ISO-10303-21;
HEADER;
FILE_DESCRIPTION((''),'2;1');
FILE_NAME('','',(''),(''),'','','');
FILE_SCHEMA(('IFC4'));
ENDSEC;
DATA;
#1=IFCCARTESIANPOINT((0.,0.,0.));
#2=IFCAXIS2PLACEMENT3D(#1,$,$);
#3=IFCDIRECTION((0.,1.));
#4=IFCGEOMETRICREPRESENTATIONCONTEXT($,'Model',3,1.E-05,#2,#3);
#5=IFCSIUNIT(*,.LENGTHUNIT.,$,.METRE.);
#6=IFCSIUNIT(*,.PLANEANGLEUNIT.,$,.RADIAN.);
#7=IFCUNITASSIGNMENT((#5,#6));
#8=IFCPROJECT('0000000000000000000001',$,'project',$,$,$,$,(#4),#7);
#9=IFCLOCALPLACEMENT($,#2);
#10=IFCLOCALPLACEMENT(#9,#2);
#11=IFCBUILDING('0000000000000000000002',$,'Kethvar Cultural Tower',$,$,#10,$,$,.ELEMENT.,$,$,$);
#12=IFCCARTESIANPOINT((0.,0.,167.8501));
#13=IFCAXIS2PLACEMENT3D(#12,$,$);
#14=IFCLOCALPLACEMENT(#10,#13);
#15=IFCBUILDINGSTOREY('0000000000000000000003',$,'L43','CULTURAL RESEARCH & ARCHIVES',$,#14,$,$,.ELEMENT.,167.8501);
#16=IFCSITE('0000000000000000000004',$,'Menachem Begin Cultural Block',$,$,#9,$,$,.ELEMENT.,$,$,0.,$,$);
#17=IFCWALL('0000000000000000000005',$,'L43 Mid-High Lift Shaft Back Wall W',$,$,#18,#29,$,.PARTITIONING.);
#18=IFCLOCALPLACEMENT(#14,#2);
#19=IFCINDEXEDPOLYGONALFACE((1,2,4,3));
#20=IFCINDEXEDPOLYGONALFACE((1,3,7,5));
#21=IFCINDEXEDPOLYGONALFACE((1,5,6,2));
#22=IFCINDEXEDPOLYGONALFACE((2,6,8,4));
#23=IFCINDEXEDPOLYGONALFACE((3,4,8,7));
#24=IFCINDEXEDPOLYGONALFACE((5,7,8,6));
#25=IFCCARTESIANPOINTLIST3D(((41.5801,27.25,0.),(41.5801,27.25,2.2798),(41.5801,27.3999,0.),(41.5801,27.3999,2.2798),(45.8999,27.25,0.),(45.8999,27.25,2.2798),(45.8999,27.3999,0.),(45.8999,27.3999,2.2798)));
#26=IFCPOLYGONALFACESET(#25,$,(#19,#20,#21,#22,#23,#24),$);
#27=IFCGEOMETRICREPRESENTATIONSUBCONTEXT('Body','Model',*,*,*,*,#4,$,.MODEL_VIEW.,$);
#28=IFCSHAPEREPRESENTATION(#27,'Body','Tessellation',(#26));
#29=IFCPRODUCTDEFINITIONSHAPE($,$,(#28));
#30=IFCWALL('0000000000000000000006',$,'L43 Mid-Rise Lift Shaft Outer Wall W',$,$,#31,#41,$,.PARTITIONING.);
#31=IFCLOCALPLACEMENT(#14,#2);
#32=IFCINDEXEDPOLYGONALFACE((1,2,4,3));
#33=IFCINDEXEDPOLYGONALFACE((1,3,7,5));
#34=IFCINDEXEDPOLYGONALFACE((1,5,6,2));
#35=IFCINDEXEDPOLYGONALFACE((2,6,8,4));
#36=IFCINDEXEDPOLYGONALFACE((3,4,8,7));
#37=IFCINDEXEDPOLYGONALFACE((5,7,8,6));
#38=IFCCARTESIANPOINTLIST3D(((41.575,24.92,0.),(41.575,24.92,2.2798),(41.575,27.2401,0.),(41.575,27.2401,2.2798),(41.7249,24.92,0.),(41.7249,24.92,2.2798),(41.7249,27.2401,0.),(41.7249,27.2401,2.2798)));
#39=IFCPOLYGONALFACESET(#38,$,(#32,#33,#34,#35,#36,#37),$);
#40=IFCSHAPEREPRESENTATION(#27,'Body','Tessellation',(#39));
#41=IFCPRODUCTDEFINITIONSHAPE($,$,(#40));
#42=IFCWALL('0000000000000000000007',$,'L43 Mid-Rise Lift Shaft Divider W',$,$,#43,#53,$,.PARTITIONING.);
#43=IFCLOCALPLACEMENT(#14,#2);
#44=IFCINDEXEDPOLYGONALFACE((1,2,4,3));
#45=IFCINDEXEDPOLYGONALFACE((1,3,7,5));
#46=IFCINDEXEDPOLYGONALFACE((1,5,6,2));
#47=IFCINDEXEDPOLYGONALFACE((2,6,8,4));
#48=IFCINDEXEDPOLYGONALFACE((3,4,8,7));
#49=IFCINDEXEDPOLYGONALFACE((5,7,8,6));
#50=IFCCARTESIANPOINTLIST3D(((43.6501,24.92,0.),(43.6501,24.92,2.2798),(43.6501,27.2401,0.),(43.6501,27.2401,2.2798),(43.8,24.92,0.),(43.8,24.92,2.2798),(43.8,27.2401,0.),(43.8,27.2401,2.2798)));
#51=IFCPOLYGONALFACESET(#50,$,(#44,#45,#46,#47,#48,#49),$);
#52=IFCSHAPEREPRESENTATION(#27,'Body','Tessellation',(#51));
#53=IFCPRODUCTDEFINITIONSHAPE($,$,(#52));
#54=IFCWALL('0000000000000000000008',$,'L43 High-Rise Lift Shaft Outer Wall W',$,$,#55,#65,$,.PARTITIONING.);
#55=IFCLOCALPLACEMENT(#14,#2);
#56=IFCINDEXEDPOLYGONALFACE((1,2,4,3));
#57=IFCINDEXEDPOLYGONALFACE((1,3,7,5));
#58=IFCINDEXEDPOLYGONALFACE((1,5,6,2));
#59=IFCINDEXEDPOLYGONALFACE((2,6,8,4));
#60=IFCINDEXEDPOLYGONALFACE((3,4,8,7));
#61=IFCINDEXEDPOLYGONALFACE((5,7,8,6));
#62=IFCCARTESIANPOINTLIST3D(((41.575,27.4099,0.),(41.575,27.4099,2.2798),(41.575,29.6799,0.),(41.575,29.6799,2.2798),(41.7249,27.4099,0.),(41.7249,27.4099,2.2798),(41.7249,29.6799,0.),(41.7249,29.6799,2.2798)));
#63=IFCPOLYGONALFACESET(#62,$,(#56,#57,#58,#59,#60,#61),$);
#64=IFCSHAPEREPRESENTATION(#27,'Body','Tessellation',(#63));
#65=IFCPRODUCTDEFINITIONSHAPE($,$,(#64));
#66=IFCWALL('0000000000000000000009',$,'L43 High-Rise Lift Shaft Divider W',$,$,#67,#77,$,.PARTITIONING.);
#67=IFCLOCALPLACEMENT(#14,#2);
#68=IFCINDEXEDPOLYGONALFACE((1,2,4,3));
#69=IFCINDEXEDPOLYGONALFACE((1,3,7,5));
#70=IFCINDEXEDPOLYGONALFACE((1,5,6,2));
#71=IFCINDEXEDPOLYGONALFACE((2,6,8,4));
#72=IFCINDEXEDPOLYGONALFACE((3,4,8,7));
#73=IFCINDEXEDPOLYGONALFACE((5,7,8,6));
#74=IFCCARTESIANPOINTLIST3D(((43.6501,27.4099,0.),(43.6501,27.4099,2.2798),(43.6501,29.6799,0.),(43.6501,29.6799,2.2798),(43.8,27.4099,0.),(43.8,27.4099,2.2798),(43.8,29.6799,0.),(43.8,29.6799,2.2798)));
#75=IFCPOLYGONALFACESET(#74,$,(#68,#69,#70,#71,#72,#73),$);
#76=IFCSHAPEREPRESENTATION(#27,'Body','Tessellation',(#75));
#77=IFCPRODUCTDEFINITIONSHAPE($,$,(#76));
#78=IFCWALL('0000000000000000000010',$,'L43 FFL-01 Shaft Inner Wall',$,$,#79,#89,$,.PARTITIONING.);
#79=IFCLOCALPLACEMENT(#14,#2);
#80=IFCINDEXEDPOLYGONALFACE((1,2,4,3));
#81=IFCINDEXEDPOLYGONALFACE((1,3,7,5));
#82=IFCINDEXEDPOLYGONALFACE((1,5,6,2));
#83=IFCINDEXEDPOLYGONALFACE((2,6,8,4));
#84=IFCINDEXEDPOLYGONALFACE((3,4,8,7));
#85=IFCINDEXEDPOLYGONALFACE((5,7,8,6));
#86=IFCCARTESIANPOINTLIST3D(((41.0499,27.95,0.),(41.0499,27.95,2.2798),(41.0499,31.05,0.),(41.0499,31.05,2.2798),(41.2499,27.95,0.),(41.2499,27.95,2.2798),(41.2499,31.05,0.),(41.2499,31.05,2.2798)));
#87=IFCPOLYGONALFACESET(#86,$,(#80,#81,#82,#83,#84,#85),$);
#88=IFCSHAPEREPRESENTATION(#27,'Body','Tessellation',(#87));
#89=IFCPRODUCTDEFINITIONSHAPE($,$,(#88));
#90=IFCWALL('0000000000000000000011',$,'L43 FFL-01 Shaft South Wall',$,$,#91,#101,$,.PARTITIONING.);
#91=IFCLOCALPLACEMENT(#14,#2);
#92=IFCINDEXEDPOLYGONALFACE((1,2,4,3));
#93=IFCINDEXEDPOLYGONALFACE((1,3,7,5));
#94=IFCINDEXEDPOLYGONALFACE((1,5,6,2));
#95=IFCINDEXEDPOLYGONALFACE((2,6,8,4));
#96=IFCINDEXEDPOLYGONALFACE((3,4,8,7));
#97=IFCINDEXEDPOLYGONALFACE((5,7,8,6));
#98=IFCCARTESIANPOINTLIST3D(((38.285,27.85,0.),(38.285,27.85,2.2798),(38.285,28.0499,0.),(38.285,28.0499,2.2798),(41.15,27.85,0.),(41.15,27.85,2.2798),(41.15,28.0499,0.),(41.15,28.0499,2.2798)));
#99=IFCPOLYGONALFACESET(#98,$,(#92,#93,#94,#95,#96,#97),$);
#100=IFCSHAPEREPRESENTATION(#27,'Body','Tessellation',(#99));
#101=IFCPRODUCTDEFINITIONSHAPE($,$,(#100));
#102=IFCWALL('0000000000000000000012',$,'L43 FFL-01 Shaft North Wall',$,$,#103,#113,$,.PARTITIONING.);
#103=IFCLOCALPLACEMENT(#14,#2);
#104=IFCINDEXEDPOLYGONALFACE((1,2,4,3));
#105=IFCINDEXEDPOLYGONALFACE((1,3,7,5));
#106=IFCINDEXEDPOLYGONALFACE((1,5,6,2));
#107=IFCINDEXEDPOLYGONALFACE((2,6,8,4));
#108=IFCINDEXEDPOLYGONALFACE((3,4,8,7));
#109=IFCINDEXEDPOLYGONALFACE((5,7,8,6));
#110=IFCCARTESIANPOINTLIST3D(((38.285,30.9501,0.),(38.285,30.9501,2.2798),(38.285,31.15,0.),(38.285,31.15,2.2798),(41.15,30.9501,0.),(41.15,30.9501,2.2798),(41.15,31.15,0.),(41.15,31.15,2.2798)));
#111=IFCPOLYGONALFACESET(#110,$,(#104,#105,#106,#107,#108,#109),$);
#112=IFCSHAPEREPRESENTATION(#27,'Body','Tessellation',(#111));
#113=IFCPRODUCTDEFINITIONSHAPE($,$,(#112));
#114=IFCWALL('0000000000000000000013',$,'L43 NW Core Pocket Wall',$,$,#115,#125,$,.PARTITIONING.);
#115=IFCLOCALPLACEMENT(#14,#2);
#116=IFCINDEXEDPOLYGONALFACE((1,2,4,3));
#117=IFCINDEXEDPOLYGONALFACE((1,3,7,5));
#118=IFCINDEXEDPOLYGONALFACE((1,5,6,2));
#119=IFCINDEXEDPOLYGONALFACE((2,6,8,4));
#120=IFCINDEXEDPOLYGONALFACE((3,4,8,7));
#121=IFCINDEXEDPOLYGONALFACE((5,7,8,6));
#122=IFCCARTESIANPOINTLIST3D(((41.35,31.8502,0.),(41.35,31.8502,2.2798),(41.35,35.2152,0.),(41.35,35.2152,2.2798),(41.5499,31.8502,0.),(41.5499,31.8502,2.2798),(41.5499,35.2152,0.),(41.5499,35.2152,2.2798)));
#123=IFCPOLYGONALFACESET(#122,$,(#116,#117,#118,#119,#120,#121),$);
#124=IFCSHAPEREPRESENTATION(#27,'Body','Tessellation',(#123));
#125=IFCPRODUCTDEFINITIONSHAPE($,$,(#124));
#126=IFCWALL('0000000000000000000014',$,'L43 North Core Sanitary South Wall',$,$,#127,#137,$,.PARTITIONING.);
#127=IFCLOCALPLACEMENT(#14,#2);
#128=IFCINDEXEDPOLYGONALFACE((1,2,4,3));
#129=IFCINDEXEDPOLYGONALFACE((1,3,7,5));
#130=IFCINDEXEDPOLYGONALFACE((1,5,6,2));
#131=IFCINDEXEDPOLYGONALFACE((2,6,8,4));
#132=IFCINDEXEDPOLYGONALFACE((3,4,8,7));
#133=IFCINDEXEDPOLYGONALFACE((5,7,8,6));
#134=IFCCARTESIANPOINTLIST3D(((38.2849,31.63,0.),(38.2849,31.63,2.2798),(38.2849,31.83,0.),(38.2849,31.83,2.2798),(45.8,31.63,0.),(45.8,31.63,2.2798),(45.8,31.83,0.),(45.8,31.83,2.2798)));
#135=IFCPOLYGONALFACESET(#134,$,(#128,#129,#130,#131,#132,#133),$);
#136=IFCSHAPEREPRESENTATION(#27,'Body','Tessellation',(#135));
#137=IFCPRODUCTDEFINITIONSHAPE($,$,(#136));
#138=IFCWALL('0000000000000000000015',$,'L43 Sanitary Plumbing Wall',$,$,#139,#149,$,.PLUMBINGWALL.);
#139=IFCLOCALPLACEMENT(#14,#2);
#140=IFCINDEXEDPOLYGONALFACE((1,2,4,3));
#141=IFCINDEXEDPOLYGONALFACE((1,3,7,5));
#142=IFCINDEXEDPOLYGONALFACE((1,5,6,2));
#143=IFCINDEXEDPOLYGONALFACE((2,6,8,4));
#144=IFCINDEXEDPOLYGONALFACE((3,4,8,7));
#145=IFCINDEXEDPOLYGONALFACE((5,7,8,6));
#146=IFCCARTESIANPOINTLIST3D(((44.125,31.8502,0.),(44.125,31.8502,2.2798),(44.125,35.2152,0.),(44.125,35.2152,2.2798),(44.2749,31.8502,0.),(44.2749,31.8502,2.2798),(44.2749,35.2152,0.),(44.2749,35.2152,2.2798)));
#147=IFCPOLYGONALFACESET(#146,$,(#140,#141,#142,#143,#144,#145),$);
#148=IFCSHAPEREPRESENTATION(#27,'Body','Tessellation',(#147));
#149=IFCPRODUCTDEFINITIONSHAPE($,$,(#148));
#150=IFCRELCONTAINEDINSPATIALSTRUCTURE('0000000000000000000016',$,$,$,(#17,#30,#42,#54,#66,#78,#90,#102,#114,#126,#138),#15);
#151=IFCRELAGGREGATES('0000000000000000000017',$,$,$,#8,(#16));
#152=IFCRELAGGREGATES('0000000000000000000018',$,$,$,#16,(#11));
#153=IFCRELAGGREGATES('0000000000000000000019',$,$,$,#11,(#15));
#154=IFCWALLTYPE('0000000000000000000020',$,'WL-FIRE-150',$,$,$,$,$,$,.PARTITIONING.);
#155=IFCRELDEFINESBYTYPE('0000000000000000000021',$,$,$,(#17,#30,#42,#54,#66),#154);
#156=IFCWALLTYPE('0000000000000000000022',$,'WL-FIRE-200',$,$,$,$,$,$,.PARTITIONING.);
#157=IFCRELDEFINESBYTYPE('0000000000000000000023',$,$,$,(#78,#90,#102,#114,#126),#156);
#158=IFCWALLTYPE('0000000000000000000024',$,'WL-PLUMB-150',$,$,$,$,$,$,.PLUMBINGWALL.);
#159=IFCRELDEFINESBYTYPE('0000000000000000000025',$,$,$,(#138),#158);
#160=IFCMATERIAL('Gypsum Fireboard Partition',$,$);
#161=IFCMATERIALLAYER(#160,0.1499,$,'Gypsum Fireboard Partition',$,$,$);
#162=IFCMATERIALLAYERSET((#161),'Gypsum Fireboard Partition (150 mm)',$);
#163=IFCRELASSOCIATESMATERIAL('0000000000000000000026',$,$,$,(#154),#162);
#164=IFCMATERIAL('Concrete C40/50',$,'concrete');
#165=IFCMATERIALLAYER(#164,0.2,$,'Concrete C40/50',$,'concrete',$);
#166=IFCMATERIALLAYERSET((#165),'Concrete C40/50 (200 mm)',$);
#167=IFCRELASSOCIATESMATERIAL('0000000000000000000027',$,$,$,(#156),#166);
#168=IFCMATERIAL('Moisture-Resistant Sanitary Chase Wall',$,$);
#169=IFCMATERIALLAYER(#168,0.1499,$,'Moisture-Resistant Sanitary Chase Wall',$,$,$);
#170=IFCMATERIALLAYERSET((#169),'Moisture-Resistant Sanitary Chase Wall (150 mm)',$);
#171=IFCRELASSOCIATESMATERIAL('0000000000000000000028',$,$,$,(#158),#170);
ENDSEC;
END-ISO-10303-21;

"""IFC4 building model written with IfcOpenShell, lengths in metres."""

from ifc_helpers import new_model, si_unit, direction, frame, frame_2d, origin, place, context, subcontext, project, spatial, rectangle, extrude, material, layer, layer_set, type_object, element, save


model = new_model("IFC4")

# Units and contexts
model_context = context("Model", 3, precision=1e-05, world=origin(), true_north=direction((0.0, 1.0)))
body_context = subcontext(model_context, "Body", "Model", "MODEL_VIEW")
ifc_project = project(units=[si_unit("LENGTHUNIT", "METRE"), si_unit("PLANEANGLEUNIT", "RADIAN")], contexts=[model_context])

# Site, building, storey
site_placement = place(None, origin())
site = spatial("IfcSite", under=ifc_project, at=site_placement, Name="Menachem Begin Cultural Block", CompositionType="ELEMENT", RefElevation=0.0)
building_placement = place(site_placement, origin())
building = spatial("IfcBuilding", under=site, at=building_placement, Name="Kethvar Cultural Tower", CompositionType="ELEMENT")
storey_placement = place(building_placement, frame((0.0, 0.0, 167.8501)))
storey = spatial("IfcBuildingStorey", under=building, at=storey_placement, Name="L43", Description="CULTURAL RESEARCH & ARCHIVES", CompositionType="ELEMENT", Elevation=167.8501)

# Walls
ifc_material_1 = material(Name="Gypsum Fireboard Partition")
ifc_layer_1 = layer(ifc_material_1, 0.1499, Name="Gypsum Fireboard Partition")
ifc_layer_set_1 = layer_set([ifc_layer_1], Name="Gypsum Fireboard Partition (150 mm)")
wall_type_1 = type_object("IfcWallType", Name="WL-FIRE-150", PredefinedType="PARTITIONING", material=ifc_layer_set_1)
wall_1_placement = place(storey_placement, frame((41.5801, 27.325, 0.0), z_axis=(0.0, 0.0, 1.0), x_axis=(1.0, 0.0, 0.0)))
element("IfcWall", 1, at=wall_1_placement, inside=storey, type_object=wall_type_1, Name="L43 Mid-High Lift Shaft Back Wall W", PredefinedType="PARTITIONING", context=body_context, shape_type="SweptSolid", body=[
    extrude(rectangle(XDim=4.3198, YDim=0.1499, at=frame_2d((2.1599, 0.0))), origin(), (0.0, 0.0, 1.0), 2.2798),
])
for number, where, z_axis, x_axis, name in (
    (2, (41.6499, 24.9199, 0.0), (0.0, 0.0, 1.0), (0.0, 1.0, 0.0), "L43 Mid-Rise Lift Shaft Outer Wall W"),
    (3, (43.7251, 24.9199, 0.0), (0.0, 0.0, 1.0), (0.0, 1.0, 0.0), "L43 Mid-Rise Lift Shaft Divider W"),
):
    element("IfcWall", number, at=place(storey_placement, frame(where, z_axis=z_axis, x_axis=x_axis)), inside=storey, type_object=wall_type_1, Name=name, PredefinedType="PARTITIONING", context=body_context, shape_type="SweptSolid", body=[
        extrude(rectangle(XDim=2.3201, YDim=0.1499, at=frame_2d((1.1602, 0.0))), origin(), (0.0, 0.0, 1.0), 2.2798),
    ])
for number, where, z_axis, x_axis, name in (
    (4, (41.6499, 27.4099, 0.0), (0.0, 0.0, 1.0), (0.0, 1.0, 0.0), "L43 High-Rise Lift Shaft Outer Wall W"),
    (5, (43.7251, 27.4099, 0.0), (0.0, 0.0, 1.0), (0.0, 1.0, 0.0), "L43 High-Rise Lift Shaft Divider W"),
):
    element("IfcWall", number, at=place(storey_placement, frame(where, z_axis=z_axis, x_axis=x_axis)), inside=storey, type_object=wall_type_1, Name=name, PredefinedType="PARTITIONING", context=body_context, shape_type="SweptSolid", body=[
        extrude(rectangle(XDim=2.27, YDim=0.1499, at=frame_2d((1.135, 0.0))), origin(), (0.0, 0.0, 1.0), 2.2798),
    ])
ifc_material_2 = material(Name="Concrete C40/50", Category="concrete")
ifc_layer_2 = layer(ifc_material_2, 0.2, Name="Concrete C40/50", Category="concrete")
ifc_layer_set_2 = layer_set([ifc_layer_2], Name="Concrete C40/50 (200 mm)")
wall_type_2 = type_object("IfcWallType", Name="WL-FIRE-200", PredefinedType="PARTITIONING", material=ifc_layer_set_2)
wall_2_placement = place(storey_placement, frame((41.1499, 27.95, 0.0), z_axis=(0.0, 0.0, 1.0), x_axis=(0.0, 1.0, 0.0)))
element("IfcWall", 6, at=wall_2_placement, inside=storey, type_object=wall_type_2, Name="L43 FFL-01 Shaft Inner Wall", PredefinedType="PARTITIONING", context=body_context, shape_type="SweptSolid", body=[
    extrude(rectangle(XDim=3.1001, YDim=0.2, at=frame_2d((1.55, 0.0))), origin(), (0.0, 0.0, 1.0), 2.2798),
])
for number, where, z_axis, x_axis, name in (
    (7, (38.2849, 27.95, 0.0), (0.0, 0.0, 1.0), (1.0, 0.0, 0.0), "L43 FFL-01 Shaft South Wall"),
    (8, (38.2849, 31.05, 0.0), (0.0, 0.0, 1.0), (1.0, 0.0, 0.0), "L43 FFL-01 Shaft North Wall"),
):
    element("IfcWall", number, at=place(storey_placement, frame(where, z_axis=z_axis, x_axis=x_axis)), inside=storey, type_object=wall_type_2, Name=name, PredefinedType="PARTITIONING", context=body_context, shape_type="SweptSolid", body=[
        extrude(rectangle(XDim=2.865, YDim=0.2, at=frame_2d((1.4326, 0.0))), origin(), (0.0, 0.0, 1.0), 2.2798),
    ])
wall_3_placement = place(storey_placement, frame((41.45, 31.8501, 0.0), z_axis=(0.0, 0.0, 1.0), x_axis=(0.0, 1.0, 0.0)))
element("IfcWall", 9, at=wall_3_placement, inside=storey, type_object=wall_type_2, Name="L43 NW Core Pocket Wall", PredefinedType="PARTITIONING", context=body_context, shape_type="SweptSolid", body=[
    extrude(rectangle(XDim=3.365, YDim=0.2, at=frame_2d((1.6826, 0.0))), origin(), (0.0, 0.0, 1.0), 2.2798),
])
wall_4_placement = place(storey_placement, frame((38.2849, 31.73, 0.0), z_axis=(0.0, 0.0, 1.0), x_axis=(1.0, 0.0, 0.0)))
element("IfcWall", 10, at=wall_4_placement, inside=storey, type_object=wall_type_2, Name="L43 North Core Sanitary South Wall", PredefinedType="PARTITIONING", context=body_context, shape_type="SweptSolid", body=[
    extrude(rectangle(XDim=7.5151, YDim=0.2, at=frame_2d((3.7576, 0.0))), origin(), (0.0, 0.0, 1.0), 2.2798),
])
ifc_material_3 = material(Name="Moisture-Resistant Sanitary Chase Wall")
ifc_layer_3 = layer(ifc_material_3, 0.1499, Name="Moisture-Resistant Sanitary Chase Wall")
ifc_layer_set_3 = layer_set([ifc_layer_3], Name="Moisture-Resistant Sanitary Chase Wall (150 mm)")
wall_type_3 = type_object("IfcWallType", Name="WL-PLUMB-150", PredefinedType="PLUMBINGWALL", material=ifc_layer_set_3)
wall_5_placement = place(storey_placement, frame((44.2, 31.8501, 0.0), z_axis=(0.0, 0.0, 1.0), x_axis=(0.0, 1.0, 0.0)))
element("IfcWall", 11, at=wall_5_placement, inside=storey, type_object=wall_type_3, Name="L43 Sanitary Plumbing Wall", PredefinedType="PLUMBINGWALL", context=body_context, shape_type="SweptSolid", body=[
    extrude(rectangle(XDim=3.365, YDim=0.1499, at=frame_2d((1.6826, 0.0))), origin(), (0.0, 0.0, 1.0), 2.2798),
])

save(model, "model.ifc")
